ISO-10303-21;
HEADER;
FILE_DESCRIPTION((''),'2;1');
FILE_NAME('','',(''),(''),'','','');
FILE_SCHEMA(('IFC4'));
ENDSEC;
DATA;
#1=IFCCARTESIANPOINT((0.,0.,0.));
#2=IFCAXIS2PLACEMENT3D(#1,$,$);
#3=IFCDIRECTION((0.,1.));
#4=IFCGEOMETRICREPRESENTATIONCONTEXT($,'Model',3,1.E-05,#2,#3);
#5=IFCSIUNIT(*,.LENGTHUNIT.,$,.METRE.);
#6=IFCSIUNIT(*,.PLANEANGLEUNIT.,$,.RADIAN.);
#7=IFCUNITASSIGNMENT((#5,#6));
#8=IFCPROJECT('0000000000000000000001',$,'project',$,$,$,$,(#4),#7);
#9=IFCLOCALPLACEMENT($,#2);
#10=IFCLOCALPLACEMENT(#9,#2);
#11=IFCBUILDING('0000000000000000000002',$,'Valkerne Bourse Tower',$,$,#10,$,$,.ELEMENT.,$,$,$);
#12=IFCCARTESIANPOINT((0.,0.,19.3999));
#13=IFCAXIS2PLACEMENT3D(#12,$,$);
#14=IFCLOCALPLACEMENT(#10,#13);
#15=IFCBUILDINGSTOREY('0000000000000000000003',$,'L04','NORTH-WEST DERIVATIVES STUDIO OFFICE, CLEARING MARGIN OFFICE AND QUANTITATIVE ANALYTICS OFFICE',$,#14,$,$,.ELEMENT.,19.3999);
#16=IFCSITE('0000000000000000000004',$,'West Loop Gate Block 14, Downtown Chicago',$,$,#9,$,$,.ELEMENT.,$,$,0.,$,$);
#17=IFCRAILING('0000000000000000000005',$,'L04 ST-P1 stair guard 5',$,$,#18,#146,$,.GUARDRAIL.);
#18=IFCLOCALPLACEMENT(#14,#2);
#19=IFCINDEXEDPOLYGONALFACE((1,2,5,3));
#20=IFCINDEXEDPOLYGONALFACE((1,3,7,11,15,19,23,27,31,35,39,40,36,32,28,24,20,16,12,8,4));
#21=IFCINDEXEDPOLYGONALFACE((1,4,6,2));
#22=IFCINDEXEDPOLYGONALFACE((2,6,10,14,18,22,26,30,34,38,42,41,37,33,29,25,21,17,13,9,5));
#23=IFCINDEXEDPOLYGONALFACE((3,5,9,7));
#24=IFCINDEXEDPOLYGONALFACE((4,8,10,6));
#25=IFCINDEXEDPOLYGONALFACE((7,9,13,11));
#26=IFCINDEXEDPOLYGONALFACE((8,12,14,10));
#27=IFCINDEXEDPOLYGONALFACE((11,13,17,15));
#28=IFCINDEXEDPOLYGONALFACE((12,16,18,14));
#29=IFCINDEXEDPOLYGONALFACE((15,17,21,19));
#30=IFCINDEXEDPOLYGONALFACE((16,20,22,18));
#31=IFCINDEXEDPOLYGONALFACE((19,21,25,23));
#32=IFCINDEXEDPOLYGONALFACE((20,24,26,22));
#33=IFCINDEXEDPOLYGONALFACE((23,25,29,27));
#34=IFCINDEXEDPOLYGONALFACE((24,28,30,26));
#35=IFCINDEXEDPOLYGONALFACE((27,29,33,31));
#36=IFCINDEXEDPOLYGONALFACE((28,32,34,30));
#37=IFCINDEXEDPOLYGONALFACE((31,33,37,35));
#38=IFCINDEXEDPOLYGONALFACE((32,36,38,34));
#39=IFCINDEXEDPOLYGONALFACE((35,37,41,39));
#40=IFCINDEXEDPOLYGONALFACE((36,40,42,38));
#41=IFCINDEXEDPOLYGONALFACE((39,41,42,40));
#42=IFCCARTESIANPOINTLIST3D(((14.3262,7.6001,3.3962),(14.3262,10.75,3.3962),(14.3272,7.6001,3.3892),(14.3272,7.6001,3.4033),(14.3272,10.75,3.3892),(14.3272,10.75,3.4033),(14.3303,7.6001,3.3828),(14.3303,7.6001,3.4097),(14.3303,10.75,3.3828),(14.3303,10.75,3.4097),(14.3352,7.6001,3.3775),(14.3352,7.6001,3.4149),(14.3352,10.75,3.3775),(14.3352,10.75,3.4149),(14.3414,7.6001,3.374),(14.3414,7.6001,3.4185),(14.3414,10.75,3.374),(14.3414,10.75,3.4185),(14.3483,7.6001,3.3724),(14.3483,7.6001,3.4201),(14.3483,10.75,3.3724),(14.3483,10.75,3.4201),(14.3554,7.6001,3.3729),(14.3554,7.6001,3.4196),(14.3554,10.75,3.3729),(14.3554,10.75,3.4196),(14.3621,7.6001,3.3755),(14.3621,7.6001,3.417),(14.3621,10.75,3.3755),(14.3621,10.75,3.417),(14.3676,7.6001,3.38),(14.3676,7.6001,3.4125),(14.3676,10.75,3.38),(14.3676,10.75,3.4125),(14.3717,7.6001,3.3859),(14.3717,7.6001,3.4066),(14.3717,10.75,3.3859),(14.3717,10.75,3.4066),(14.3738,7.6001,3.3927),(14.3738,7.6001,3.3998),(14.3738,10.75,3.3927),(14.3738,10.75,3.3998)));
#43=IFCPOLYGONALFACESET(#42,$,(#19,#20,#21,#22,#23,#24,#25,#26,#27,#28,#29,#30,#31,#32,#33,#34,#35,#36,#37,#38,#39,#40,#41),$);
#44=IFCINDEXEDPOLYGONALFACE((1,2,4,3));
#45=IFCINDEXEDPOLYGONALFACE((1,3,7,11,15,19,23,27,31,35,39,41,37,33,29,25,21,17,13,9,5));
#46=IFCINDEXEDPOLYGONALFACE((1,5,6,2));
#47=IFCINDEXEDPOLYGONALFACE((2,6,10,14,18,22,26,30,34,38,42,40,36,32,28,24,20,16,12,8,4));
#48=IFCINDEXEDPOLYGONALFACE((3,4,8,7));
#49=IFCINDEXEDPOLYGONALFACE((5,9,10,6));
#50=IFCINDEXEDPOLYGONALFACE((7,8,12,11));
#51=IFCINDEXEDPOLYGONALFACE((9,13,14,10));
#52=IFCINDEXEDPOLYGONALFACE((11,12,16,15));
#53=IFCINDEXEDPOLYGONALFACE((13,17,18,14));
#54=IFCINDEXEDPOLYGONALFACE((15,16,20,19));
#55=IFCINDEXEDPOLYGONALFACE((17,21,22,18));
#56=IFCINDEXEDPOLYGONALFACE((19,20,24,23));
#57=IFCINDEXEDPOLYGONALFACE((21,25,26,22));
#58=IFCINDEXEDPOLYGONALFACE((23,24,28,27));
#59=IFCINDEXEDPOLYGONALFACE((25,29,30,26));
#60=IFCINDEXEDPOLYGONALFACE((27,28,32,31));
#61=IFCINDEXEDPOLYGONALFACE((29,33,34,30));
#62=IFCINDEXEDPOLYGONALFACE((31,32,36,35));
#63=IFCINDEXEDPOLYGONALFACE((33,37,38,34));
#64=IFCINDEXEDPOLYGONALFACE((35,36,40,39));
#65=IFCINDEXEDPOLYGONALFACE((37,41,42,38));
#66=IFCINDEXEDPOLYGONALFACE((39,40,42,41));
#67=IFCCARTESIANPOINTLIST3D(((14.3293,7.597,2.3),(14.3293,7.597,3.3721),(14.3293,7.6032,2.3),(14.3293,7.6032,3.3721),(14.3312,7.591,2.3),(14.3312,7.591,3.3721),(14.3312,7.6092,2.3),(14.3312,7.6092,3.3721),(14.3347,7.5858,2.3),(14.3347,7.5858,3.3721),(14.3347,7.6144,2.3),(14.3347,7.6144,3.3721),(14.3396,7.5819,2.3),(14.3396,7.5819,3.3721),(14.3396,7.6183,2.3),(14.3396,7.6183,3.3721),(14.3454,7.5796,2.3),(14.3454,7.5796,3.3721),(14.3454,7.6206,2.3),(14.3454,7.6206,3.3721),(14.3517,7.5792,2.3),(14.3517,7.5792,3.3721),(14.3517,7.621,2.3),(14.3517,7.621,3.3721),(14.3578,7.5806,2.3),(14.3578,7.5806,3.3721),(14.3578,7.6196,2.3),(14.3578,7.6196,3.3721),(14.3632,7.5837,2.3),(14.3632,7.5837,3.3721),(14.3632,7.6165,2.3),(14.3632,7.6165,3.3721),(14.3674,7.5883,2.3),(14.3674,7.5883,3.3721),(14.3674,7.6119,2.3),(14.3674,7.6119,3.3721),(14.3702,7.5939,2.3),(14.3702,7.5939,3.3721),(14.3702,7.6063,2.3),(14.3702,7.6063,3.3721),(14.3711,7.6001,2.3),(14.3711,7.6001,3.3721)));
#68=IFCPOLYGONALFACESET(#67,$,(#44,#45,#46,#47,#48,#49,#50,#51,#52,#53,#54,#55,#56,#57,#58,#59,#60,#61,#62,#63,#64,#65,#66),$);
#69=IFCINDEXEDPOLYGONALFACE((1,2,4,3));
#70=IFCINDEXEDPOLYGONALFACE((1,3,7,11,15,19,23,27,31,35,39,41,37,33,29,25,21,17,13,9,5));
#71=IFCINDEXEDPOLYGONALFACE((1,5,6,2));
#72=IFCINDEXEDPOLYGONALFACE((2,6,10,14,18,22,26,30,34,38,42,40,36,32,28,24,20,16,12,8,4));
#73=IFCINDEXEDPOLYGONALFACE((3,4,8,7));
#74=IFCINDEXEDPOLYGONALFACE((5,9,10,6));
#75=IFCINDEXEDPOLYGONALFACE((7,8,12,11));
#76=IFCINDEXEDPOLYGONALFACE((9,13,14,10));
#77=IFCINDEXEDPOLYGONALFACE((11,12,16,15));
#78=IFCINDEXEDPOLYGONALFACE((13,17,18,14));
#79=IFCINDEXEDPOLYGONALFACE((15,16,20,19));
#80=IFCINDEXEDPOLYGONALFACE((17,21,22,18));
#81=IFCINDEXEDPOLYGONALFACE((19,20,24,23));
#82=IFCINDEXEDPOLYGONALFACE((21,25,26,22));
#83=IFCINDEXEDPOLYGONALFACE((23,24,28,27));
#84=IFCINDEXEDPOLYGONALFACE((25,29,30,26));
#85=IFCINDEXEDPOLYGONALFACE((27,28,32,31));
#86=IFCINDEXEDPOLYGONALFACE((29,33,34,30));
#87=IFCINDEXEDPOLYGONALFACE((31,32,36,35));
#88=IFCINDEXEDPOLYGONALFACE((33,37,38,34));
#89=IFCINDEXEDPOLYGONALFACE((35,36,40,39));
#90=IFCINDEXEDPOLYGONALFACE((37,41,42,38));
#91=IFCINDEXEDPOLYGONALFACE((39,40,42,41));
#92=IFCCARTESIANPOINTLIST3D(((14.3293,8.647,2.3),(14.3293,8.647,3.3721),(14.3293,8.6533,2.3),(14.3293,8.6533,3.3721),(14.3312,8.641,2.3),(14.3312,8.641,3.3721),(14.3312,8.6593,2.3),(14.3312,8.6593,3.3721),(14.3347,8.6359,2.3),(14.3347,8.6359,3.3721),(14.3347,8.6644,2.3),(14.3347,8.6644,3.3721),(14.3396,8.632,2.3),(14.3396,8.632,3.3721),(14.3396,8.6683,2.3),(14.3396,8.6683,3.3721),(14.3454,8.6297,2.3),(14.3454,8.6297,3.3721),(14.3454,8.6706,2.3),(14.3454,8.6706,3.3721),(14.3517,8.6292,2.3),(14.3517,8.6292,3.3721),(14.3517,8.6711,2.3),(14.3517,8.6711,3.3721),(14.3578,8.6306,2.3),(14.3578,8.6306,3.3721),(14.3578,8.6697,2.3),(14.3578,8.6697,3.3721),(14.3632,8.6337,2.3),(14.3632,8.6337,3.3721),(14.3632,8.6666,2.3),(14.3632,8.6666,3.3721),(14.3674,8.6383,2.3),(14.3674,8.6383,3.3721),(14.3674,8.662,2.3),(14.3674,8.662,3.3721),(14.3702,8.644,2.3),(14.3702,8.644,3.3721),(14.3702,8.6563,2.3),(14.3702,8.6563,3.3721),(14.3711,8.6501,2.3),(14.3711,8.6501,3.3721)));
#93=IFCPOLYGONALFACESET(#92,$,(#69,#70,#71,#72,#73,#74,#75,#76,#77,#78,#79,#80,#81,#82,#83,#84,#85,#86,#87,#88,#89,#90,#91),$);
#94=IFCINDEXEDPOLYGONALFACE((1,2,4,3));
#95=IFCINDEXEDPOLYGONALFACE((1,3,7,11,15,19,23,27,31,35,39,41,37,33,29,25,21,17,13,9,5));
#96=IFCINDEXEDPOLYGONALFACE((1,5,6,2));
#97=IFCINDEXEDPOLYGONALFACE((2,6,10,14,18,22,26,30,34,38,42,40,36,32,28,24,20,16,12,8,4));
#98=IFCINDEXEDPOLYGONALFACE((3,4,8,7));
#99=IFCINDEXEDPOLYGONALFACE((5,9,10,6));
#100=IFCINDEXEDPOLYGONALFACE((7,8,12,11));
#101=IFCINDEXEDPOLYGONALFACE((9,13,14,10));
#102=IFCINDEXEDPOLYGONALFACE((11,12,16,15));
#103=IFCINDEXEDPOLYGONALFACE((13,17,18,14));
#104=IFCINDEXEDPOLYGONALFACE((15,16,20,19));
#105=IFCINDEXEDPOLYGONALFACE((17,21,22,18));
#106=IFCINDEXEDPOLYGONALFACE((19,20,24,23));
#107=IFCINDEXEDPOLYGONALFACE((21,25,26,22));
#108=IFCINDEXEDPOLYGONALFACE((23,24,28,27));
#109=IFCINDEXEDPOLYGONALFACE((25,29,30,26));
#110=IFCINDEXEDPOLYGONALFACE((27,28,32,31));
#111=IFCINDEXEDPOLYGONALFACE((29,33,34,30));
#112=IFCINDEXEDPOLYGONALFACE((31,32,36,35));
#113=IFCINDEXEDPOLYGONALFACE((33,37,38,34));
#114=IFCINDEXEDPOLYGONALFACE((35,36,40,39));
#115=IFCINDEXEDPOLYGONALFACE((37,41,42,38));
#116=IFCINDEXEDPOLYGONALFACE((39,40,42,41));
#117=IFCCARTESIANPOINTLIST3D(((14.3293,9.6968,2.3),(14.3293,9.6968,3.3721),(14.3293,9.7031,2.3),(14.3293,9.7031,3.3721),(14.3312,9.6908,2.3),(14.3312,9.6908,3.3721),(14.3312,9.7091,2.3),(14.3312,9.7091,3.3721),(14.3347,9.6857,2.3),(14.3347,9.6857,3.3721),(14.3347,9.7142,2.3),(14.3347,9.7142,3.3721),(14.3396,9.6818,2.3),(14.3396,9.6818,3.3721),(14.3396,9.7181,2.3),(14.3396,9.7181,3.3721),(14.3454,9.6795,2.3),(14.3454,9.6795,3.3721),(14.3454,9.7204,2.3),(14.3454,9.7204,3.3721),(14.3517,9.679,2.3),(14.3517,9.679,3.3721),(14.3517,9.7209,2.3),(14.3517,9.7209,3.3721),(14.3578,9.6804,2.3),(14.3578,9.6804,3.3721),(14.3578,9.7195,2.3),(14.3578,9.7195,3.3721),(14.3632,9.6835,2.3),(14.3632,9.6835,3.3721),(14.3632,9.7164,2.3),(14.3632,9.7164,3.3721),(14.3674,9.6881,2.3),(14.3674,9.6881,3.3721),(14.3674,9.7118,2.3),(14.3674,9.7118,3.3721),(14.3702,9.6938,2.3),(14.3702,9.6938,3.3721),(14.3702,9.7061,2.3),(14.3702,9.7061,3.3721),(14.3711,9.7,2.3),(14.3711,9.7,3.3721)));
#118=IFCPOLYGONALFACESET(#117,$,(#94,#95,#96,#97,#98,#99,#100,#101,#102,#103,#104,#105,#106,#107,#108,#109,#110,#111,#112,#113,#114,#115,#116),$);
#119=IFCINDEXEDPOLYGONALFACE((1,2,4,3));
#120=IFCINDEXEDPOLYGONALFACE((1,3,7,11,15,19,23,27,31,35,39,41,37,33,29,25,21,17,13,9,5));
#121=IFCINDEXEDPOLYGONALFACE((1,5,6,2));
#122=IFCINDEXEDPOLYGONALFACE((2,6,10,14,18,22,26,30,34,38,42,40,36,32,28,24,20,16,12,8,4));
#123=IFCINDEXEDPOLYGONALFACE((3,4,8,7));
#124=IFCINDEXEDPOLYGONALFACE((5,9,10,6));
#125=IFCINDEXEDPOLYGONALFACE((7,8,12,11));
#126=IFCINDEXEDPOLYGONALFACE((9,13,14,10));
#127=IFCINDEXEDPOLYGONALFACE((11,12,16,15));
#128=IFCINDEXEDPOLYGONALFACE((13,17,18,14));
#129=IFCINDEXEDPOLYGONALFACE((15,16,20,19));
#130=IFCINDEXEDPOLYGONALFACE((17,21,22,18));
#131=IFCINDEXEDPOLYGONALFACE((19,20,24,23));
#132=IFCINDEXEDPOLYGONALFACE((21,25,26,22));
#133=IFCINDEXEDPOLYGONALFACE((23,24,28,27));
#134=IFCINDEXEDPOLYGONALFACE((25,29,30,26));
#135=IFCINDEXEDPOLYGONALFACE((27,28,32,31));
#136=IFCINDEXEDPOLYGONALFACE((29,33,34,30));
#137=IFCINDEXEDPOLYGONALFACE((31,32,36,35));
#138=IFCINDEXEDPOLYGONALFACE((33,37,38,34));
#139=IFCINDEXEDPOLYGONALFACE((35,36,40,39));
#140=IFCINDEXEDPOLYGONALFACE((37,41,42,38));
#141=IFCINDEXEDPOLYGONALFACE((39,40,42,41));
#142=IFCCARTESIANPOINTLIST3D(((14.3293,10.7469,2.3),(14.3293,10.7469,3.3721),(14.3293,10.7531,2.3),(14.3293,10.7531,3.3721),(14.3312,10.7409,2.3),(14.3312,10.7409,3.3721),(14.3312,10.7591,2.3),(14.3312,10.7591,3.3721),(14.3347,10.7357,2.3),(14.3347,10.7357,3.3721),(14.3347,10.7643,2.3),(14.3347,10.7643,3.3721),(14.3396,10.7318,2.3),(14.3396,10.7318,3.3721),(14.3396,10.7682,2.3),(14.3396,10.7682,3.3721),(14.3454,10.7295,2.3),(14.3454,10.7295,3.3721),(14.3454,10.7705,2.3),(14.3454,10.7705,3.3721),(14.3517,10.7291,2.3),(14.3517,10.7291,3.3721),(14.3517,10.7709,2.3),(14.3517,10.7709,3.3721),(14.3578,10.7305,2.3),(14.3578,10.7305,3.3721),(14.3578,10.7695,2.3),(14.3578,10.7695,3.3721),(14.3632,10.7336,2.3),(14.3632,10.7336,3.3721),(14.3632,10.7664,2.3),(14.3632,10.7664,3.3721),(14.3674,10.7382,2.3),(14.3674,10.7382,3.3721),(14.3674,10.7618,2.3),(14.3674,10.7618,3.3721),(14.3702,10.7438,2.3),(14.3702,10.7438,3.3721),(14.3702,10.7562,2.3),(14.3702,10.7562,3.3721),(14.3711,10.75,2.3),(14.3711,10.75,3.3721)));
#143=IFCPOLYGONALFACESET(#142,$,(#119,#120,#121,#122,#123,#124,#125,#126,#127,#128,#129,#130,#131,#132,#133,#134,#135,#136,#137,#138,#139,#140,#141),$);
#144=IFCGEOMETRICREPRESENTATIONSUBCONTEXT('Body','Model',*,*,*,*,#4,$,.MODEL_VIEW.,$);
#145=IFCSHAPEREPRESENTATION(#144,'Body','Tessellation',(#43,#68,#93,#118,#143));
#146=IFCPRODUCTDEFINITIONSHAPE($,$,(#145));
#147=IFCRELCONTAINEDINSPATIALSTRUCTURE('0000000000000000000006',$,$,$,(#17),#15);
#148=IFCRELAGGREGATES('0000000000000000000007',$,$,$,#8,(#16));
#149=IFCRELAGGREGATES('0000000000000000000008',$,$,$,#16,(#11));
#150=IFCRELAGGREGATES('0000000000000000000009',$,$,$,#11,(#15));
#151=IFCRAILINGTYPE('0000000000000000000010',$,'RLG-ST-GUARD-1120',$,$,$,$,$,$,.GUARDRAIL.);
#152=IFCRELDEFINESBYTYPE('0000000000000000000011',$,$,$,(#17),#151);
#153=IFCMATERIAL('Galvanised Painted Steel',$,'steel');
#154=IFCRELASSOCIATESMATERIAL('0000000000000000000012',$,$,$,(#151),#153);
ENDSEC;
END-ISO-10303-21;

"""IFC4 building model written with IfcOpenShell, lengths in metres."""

from ifc_helpers import new_model, si_unit, direction, frame, origin, origin_2d, place, context, subcontext, project, spatial, circle, extrude, material, type_object, element, save


model = new_model("IFC4")

# Units and contexts
model_context = context("Model", 3, precision=1e-05, world=origin(), true_north=direction((0.0, 1.0)))
body_context = subcontext(model_context, "Body", "Model", "MODEL_VIEW")
ifc_project = project(units=[si_unit("LENGTHUNIT", "METRE"), si_unit("PLANEANGLEUNIT", "RADIAN")], contexts=[model_context])

# Site, building, storey
site_placement = place(None, origin())
site = spatial("IfcSite", under=ifc_project, at=site_placement, Name="West Loop Gate Block 14, Downtown Chicago", CompositionType="ELEMENT", RefElevation=0.0)
building_placement = place(site_placement, origin())
building = spatial("IfcBuilding", under=site, at=building_placement, Name="Valkerne Bourse Tower", CompositionType="ELEMENT")
storey_placement = place(building_placement, frame((0.0, 0.0, 19.3999)))
storey = spatial("IfcBuildingStorey", under=building, at=storey_placement, Name="L04", Description="NORTH-WEST DERIVATIVES STUDIO OFFICE, CLEARING MARGIN OFFICE AND QUANTITATIVE ANALYTICS OFFICE", CompositionType="ELEMENT", Elevation=19.3999)

# Railing
ifc_material_1 = material(Name="Galvanised Painted Steel", Category="steel")
railing_type_1 = type_object("IfcRailingType", Name="RLG-ST-GUARD-1120", PredefinedType="GUARDRAIL", material=ifc_material_1)
railing_1_placement = place(storey_placement, frame((14.3501, 7.6001, 2.3)))
element("IfcRailing", 1, at=railing_1_placement, inside=storey, type_object=railing_type_1, Name="L04 ST-P1 stair guard 5", PredefinedType="GUARDRAIL", context=body_context, shape_type="SweptSolid", body=[
    extrude(circle(Radius=0.0239, at=origin_2d()), frame((0.0, 0.0, 1.0962), z_axis=(0.0, 1.0, 0.0), x_axis=(-1.0, 0.0, 0.0)), (0.0, 0.0, 1.0), 3.1499),
    extrude(circle(Radius=0.021, at=origin_2d()), origin(), (0.0, 0.0, 1.0), 1.072),
    extrude(circle(Radius=0.021, at=origin_2d()), frame((0.0, 1.05, 0.0)), (0.0, 0.0, 1.0), 1.072),
    extrude(circle(Radius=0.021, at=origin_2d()), frame((0.0, 2.0999, 0.0)), (0.0, 0.0, 1.0), 1.072),
    extrude(circle(Radius=0.021, at=origin_2d()), frame((0.0, 3.1499, 0.0)), (0.0, 0.0, 1.0), 1.072),
])

save(model, "model.ifc")
